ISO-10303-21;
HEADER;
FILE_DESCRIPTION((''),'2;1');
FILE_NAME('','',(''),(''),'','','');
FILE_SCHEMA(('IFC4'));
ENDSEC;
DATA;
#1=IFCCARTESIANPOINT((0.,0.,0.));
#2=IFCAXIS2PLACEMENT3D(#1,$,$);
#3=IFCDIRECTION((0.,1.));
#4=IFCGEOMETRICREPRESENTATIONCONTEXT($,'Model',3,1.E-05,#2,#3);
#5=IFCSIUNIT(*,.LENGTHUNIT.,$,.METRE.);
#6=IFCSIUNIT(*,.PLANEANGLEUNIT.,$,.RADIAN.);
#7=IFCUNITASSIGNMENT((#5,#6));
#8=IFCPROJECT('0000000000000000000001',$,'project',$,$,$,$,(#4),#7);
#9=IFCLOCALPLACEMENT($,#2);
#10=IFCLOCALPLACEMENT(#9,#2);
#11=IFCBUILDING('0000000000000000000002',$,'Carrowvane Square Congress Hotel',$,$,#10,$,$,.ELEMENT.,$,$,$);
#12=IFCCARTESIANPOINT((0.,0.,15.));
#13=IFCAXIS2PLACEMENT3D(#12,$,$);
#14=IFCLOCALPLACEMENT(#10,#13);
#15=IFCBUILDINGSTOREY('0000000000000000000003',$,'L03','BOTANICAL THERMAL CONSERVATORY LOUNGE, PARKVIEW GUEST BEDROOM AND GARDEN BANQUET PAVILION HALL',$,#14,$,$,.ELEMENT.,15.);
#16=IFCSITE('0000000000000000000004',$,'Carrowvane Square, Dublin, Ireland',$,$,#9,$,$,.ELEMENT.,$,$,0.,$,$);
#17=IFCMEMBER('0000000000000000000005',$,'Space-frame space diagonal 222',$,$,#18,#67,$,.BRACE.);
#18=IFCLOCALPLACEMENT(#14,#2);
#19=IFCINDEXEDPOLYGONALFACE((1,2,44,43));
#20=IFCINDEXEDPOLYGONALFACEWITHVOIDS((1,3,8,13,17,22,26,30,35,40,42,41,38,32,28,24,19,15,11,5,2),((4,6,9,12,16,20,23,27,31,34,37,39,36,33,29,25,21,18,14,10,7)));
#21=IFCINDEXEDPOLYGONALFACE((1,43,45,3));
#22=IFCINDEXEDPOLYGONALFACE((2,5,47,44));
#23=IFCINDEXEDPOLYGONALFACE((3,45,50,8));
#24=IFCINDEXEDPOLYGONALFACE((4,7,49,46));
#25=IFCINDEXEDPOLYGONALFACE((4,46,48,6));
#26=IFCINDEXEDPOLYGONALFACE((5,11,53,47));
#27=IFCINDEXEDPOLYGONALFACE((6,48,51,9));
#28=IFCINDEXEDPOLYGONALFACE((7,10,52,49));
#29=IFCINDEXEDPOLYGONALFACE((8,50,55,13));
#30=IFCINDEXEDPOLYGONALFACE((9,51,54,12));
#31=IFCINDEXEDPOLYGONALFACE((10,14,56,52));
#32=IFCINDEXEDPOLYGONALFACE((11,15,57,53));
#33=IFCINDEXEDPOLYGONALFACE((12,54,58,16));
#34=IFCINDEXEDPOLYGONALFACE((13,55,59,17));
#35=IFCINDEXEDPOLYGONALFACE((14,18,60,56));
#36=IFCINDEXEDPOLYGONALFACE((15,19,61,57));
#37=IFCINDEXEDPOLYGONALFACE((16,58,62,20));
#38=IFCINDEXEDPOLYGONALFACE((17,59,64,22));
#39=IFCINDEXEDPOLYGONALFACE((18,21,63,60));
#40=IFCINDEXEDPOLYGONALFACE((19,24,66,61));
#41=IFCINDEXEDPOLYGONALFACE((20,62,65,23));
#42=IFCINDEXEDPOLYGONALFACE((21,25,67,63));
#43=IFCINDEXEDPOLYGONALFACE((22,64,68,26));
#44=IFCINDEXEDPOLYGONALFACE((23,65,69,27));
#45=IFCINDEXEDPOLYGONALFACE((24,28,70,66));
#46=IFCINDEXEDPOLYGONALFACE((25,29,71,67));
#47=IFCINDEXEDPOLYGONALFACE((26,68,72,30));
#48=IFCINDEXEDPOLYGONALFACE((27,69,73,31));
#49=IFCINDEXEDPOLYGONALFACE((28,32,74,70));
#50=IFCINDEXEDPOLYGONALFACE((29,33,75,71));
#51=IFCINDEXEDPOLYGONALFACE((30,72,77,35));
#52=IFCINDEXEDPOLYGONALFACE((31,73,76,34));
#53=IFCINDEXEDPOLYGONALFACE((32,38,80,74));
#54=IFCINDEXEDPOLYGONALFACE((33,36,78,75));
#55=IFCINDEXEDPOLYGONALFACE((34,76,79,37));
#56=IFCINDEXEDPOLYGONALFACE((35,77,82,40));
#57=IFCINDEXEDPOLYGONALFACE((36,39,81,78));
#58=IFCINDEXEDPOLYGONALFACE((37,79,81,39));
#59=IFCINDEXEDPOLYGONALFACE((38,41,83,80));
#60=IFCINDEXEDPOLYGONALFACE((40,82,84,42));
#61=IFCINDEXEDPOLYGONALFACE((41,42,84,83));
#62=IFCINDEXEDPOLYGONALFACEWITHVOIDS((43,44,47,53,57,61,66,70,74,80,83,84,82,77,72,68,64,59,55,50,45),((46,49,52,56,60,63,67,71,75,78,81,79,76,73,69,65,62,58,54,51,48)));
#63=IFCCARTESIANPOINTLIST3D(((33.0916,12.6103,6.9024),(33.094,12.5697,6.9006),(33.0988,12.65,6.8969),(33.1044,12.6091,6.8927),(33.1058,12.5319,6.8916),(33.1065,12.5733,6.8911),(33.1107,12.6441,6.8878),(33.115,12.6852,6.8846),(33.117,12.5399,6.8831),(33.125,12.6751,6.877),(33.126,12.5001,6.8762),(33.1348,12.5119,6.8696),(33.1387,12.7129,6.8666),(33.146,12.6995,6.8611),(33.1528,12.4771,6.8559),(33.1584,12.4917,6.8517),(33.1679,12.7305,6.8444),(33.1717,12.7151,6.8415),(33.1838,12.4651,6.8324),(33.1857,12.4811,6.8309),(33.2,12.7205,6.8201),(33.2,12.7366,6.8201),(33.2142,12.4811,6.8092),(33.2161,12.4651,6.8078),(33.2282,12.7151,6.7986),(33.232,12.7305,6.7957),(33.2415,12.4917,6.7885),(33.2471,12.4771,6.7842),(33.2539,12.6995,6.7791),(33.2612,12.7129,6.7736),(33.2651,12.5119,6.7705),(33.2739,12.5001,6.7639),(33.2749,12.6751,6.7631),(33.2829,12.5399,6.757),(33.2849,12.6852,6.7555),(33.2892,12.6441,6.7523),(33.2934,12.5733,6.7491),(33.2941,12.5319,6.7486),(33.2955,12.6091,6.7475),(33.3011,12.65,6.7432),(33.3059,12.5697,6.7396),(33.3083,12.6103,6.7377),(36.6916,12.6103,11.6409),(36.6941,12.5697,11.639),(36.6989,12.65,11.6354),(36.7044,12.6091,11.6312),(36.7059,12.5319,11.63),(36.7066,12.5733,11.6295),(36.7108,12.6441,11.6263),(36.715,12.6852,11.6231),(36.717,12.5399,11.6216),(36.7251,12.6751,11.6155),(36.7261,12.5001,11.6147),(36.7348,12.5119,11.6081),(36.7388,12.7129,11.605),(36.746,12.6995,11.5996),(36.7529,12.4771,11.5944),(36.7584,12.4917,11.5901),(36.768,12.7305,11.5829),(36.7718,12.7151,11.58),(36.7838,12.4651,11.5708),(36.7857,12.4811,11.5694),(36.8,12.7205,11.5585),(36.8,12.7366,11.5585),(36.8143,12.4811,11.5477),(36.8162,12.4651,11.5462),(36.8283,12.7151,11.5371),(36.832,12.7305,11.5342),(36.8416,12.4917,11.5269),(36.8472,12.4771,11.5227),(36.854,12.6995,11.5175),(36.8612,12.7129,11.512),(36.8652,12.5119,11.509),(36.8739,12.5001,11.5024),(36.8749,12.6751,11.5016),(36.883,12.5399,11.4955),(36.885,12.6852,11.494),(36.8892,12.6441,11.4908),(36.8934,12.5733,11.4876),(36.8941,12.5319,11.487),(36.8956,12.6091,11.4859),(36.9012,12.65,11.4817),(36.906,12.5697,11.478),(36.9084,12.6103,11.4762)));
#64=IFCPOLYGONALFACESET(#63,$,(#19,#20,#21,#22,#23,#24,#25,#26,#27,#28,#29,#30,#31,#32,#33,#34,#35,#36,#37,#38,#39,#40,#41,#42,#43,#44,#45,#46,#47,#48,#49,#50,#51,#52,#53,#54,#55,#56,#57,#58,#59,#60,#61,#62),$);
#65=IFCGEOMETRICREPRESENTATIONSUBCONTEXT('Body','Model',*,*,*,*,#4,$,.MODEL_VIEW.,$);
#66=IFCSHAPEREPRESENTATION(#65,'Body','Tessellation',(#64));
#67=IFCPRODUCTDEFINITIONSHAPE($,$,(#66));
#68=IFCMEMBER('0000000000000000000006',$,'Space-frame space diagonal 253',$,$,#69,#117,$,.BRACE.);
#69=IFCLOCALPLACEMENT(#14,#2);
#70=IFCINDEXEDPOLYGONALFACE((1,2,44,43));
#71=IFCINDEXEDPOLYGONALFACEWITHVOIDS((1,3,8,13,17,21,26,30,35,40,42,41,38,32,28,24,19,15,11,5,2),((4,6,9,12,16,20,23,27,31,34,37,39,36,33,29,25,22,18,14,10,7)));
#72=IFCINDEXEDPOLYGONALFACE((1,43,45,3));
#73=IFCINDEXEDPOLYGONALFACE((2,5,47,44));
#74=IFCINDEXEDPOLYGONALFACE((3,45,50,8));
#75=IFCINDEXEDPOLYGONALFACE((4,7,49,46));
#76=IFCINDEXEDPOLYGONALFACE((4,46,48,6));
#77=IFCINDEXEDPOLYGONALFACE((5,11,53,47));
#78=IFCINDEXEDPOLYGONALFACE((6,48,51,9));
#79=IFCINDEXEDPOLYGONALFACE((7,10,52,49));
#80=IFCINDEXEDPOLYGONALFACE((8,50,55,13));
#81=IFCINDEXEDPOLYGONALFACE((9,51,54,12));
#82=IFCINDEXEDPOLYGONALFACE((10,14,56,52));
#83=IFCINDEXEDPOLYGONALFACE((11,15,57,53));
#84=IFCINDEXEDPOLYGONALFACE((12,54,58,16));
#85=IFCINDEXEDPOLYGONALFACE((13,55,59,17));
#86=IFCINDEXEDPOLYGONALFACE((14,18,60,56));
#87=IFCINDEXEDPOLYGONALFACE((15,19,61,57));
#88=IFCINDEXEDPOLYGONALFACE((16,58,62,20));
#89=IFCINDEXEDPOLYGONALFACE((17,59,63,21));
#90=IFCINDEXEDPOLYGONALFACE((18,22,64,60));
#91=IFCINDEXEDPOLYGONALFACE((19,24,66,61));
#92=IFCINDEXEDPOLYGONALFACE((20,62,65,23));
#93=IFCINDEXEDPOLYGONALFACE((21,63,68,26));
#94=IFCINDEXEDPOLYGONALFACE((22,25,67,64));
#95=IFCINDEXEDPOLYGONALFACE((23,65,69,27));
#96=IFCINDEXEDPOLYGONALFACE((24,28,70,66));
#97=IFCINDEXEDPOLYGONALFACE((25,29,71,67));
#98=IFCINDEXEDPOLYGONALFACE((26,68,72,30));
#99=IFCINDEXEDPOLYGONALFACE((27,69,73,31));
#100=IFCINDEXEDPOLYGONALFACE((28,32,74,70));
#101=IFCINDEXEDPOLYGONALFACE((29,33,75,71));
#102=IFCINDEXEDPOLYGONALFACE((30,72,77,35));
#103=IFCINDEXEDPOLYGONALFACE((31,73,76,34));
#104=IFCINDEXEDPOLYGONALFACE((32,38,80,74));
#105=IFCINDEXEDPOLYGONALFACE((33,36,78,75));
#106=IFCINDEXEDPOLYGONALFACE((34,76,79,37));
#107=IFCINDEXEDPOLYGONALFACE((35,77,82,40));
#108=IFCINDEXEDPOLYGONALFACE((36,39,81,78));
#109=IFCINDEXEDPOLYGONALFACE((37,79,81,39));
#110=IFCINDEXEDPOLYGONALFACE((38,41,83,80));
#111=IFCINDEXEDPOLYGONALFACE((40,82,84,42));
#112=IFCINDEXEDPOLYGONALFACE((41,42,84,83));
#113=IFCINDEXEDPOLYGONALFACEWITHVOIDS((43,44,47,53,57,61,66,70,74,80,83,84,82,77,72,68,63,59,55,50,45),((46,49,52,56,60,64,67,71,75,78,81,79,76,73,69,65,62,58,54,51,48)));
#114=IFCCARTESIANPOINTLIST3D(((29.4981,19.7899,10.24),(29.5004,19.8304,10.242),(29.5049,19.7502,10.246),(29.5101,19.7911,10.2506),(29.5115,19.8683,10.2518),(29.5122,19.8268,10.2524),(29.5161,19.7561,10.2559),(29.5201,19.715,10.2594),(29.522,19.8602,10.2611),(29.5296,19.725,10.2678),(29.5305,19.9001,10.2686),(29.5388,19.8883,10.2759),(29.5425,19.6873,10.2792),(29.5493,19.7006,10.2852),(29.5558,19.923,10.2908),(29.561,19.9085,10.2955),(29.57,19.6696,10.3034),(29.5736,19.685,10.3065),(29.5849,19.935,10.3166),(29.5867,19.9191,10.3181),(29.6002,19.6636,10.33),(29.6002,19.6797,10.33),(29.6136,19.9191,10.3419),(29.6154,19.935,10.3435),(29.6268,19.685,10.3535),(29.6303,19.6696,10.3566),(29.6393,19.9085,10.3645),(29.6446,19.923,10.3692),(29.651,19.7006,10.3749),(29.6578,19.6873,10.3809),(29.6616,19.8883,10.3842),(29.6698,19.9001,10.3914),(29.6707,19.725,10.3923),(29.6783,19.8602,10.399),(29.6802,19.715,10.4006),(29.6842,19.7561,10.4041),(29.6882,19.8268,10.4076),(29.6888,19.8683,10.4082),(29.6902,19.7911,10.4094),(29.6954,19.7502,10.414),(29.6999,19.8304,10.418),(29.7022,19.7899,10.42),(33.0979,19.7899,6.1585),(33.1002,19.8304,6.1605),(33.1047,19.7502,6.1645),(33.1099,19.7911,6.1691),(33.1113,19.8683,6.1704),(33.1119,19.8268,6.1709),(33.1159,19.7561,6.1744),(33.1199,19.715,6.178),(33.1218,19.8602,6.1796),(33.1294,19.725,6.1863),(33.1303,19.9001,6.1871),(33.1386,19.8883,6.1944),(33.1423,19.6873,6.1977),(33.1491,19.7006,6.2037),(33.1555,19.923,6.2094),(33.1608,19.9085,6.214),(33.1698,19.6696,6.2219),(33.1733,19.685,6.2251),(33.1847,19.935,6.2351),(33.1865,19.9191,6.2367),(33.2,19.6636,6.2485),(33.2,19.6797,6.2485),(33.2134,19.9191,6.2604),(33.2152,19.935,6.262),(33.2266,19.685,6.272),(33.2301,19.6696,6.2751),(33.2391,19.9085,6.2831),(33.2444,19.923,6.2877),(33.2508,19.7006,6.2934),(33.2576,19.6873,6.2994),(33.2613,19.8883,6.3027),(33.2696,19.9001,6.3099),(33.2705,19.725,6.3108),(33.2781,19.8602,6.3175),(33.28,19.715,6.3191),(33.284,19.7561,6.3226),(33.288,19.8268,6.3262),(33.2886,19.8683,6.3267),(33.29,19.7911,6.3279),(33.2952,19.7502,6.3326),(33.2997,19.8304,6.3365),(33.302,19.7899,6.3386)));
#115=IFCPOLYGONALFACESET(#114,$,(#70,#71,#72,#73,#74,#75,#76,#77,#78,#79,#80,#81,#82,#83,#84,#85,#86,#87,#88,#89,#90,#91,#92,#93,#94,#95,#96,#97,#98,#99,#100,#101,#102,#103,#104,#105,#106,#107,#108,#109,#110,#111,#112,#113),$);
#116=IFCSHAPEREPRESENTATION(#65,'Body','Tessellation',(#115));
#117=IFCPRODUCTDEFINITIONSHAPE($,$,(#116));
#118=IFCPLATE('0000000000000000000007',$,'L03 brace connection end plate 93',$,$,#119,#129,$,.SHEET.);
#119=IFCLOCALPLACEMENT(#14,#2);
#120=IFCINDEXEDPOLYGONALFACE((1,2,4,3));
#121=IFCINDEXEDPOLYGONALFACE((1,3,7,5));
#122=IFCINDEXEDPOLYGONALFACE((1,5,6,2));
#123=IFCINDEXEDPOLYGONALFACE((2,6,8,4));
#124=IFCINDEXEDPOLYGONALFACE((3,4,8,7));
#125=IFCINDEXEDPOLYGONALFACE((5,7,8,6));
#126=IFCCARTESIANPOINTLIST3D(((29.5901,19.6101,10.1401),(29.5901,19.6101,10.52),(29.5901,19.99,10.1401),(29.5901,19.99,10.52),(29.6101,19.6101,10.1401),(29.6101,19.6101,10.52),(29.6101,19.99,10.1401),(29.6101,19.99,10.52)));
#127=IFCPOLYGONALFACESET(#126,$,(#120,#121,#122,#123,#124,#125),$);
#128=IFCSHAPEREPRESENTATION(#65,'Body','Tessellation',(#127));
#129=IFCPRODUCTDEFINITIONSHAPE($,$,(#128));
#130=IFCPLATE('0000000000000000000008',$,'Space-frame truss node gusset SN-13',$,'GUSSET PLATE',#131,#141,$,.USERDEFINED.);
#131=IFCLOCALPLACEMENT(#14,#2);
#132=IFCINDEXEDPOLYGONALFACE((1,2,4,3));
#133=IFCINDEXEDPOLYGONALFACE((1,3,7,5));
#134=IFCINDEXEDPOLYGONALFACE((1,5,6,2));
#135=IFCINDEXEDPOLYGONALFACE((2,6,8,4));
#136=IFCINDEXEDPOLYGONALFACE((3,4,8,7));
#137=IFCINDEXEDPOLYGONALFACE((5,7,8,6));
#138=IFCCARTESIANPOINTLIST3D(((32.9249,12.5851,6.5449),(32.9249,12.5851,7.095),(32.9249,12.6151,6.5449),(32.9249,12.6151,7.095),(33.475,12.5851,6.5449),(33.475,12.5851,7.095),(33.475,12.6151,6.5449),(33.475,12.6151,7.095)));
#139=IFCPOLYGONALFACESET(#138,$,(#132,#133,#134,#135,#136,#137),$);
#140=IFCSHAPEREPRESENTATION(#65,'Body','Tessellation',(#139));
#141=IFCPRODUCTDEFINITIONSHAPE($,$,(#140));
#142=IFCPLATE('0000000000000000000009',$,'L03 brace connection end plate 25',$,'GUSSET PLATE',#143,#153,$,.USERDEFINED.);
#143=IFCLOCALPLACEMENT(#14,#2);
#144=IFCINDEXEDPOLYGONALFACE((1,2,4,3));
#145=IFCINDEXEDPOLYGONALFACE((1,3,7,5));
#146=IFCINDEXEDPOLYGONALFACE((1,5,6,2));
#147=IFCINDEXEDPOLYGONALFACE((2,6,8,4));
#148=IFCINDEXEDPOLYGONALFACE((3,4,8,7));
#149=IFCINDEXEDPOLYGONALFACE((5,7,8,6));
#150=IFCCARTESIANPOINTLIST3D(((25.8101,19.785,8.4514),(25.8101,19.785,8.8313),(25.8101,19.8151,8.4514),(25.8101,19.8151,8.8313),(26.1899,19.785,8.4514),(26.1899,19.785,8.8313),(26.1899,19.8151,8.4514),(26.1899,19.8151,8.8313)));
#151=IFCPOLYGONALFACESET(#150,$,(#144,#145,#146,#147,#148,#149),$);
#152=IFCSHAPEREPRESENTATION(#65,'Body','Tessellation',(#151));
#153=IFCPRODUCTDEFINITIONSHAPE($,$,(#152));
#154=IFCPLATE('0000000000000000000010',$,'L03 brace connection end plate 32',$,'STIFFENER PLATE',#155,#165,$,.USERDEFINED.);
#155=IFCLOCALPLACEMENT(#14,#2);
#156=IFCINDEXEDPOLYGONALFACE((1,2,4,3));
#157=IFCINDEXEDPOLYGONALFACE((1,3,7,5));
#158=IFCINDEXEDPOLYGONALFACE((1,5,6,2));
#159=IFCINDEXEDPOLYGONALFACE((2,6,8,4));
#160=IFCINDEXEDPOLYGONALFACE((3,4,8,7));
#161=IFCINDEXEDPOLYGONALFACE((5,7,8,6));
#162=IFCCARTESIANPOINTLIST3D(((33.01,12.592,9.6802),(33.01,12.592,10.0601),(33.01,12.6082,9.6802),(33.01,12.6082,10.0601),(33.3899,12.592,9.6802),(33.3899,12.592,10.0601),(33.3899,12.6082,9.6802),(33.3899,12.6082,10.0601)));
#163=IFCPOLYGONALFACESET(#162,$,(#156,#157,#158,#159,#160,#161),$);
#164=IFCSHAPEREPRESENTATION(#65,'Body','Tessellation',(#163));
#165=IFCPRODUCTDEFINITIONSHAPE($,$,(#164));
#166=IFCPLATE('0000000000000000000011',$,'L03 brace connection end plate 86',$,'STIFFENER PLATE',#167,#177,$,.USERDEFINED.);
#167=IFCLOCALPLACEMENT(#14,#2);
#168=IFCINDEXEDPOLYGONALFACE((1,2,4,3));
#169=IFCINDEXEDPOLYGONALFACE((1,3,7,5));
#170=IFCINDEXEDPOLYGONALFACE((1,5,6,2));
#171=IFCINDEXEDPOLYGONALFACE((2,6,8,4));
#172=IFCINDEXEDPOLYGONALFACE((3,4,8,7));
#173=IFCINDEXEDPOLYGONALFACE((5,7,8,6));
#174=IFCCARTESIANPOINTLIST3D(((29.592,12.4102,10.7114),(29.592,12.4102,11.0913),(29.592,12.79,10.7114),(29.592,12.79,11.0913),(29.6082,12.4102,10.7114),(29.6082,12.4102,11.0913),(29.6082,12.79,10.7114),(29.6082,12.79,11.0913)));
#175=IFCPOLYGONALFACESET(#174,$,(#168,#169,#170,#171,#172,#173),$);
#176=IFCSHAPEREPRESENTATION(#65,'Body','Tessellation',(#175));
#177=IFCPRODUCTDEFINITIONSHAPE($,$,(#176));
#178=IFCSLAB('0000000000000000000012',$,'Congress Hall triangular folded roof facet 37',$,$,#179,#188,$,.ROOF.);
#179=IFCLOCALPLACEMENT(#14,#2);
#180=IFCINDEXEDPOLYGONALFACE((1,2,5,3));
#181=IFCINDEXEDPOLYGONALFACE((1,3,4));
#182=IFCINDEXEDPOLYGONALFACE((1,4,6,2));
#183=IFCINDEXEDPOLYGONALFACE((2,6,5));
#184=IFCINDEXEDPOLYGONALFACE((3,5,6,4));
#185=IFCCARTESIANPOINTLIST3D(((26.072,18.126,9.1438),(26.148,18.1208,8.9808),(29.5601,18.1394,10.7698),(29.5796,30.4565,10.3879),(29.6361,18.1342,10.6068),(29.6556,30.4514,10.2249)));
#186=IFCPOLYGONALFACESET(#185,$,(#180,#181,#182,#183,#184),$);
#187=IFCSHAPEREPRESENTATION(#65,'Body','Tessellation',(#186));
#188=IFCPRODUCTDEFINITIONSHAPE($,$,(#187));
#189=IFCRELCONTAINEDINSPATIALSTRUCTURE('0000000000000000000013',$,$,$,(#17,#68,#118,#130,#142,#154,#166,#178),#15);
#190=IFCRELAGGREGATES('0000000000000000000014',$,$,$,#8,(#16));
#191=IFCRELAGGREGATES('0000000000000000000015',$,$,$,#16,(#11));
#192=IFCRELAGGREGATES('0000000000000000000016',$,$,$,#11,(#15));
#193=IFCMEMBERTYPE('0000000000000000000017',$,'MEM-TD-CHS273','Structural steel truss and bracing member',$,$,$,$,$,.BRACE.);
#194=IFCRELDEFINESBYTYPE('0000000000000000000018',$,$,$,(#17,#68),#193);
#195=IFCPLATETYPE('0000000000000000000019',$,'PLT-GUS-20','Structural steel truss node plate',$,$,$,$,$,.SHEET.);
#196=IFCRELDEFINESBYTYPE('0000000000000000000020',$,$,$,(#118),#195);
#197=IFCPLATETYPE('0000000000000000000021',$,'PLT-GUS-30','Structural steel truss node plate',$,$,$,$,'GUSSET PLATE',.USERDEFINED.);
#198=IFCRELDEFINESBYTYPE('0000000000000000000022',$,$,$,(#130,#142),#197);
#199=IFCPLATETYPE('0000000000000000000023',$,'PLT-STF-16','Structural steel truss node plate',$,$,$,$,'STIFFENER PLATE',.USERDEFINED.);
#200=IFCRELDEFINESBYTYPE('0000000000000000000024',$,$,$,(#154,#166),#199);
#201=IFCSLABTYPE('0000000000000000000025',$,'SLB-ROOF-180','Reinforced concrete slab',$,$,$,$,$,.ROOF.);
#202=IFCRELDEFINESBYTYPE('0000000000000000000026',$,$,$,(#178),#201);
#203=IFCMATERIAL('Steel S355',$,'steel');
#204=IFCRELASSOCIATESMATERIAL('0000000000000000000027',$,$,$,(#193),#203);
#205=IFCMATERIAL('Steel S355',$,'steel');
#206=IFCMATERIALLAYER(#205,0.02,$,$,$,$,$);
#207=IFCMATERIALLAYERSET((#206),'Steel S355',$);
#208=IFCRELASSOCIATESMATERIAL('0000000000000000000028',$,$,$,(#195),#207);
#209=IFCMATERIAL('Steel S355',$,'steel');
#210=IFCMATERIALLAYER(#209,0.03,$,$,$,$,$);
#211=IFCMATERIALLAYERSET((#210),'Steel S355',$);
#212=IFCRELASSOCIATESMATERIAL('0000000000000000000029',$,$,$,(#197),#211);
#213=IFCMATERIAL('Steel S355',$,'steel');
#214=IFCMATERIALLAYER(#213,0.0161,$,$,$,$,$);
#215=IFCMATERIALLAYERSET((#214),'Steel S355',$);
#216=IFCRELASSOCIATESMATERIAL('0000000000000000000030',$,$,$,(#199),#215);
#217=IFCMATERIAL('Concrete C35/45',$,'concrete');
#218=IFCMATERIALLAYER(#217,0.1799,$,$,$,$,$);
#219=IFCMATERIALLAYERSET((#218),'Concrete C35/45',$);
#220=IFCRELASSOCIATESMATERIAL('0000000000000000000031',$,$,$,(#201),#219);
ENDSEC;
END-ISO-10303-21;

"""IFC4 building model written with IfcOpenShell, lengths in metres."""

from ifc_helpers import new_model, si_unit, direction, frame, origin, origin_2d, place, context, subcontext, project, spatial, polyline, rectangle, hollow_circle, outline, extrude, material, layer, layer_set, material_profile, profile_set, type_object, element, save


model = new_model("IFC4")

# Units and contexts
model_context = context("Model", 3, precision=1e-05, world=origin(), true_north=direction((0.0, 1.0)))
body_context = subcontext(model_context, "Body", "Model", "MODEL_VIEW")
ifc_project = project(units=[si_unit("LENGTHUNIT", "METRE"), si_unit("PLANEANGLEUNIT", "RADIAN")], contexts=[model_context])

# Site, building, storey
site_placement = place(None, origin())
site = spatial("IfcSite", under=ifc_project, at=site_placement, Name="Carrowvane Square, Dublin, Ireland", CompositionType="ELEMENT", RefElevation=0.0)
building_placement = place(site_placement, origin())
building = spatial("IfcBuilding", under=site, at=building_placement, Name="Carrowvane Square Congress Hotel", CompositionType="ELEMENT")
storey_placement = place(building_placement, frame((0.0, 0.0, 15.0)))
storey = spatial("IfcBuildingStorey", under=building, at=storey_placement, Name="L03", Description="BOTANICAL THERMAL CONSERVATORY LOUNGE, PARKVIEW GUEST BEDROOM AND GARDEN BANQUET PAVILION HALL", CompositionType="ELEMENT", Elevation=15.0)

# Members
ifc_material_1 = material(Name="Steel S355", Category="steel")
ifc_material_profile_1 = material_profile(ifc_material_1, hollow_circle(Radius=0.1365, WallThickness=0.0161, at=origin_2d()), Name="CHS 273.0x16")
ifc_profile_set_1 = profile_set([ifc_material_profile_1], Name="Steel S355")
member_type_1 = type_object("IfcMemberType", Name="MEM-TD-CHS273", Description="Structural steel truss and bracing member", PredefinedType="BRACE", material=ifc_profile_set_1)
member_1_placement = place(storey_placement, frame((33.2, 12.6001, 6.8201), z_axis=(0.604957, 0.0, 0.796258), x_axis=(0.0, 1.0, 0.0)))
element("IfcMember", 1, at=member_1_placement, inside=storey, type_object=member_type_1, Name="Space-frame space diagonal 222", PredefinedType="BRACE", context=body_context, shape_type="SweptSolid", body=[
    extrude(hollow_circle(Radius=0.1365, WallThickness=0.0161, at=origin_2d()), origin(), (0.0, 0.0, 1.0), 5.9509),
])
member_2_placement = place(storey_placement, frame((33.2, 19.8, 6.2485), z_axis=(-0.661466, 0.0, 0.749975), x_axis=(0.0, -1.0, 0.0)))
element("IfcMember", 2, at=member_2_placement, inside=storey, type_object=member_type_1, Name="Space-frame space diagonal 253", PredefinedType="BRACE", context=body_context, shape_type="SweptSolid", body=[
    extrude(hollow_circle(Radius=0.1365, WallThickness=0.0161, at=origin_2d()), origin(), (0.0, 0.0, 1.0), 5.4421),
])

# Plates
ifc_material_2 = material(Name="Steel S355", Category="steel")
ifc_layer_1 = layer(ifc_material_2, 0.02)
ifc_layer_set_1 = layer_set([ifc_layer_1], Name="Steel S355")
plate_type_1 = type_object("IfcPlateType", Name="PLT-GUS-20", Description="Structural steel truss node plate", PredefinedType="SHEET", material=ifc_layer_set_1)
plate_1_placement = place(storey_placement, frame((29.6001, 19.8, 10.1401), z_axis=(0.0, 0.0, 1.0), x_axis=(1.0, 0.0, 0.0)))
element("IfcPlate", 3, at=plate_1_placement, inside=storey, type_object=plate_type_1, Name="L03 brace connection end plate 93", PredefinedType="SHEET", context=body_context, shape_type="SweptSolid", body=[
    extrude(rectangle(XDim=0.02, YDim=0.3799, at=origin_2d()), origin(), (0.0, 0.0, 1.0), 0.3799),
])
ifc_material_3 = material(Name="Steel S355", Category="steel")
ifc_layer_2 = layer(ifc_material_3, 0.03)
ifc_layer_set_2 = layer_set([ifc_layer_2], Name="Steel S355")
plate_type_2 = type_object("IfcPlateType", Name="PLT-GUS-30", Description="Structural steel truss node plate", ElementType="GUSSET PLATE", PredefinedType="USERDEFINED", material=ifc_layer_set_2)
plate_2_placement = place(storey_placement, frame((33.2, 12.6001, 6.5449), z_axis=(0.0, 0.0, 1.0), x_axis=(1.0, 0.0, 0.0)))
element("IfcPlate", 4, at=plate_2_placement, inside=storey, type_object=plate_type_2, Name="Space-frame truss node gusset SN-13", ObjectType="GUSSET PLATE", PredefinedType="USERDEFINED", context=body_context, shape_type="SweptSolid", body=[
    extrude(rectangle(XDim=0.55, YDim=0.03, at=origin_2d()), origin(), (0.0, 0.0, 1.0), 0.55),
])
plate_3_placement = place(storey_placement, frame((26.0, 19.8, 8.4514), z_axis=(0.0, 0.0, 1.0), x_axis=(1.0, 0.0, 0.0)))
element("IfcPlate", 5, at=plate_3_placement, inside=storey, type_object=plate_type_2, Name="L03 brace connection end plate 25", ObjectType="GUSSET PLATE", PredefinedType="USERDEFINED", context=body_context, shape_type="SweptSolid", body=[
    extrude(rectangle(XDim=0.3799, YDim=0.03, at=origin_2d()), origin(), (0.0, 0.0, 1.0), 0.3799),
])
ifc_material_4 = material(Name="Steel S355", Category="steel")
ifc_layer_3 = layer(ifc_material_4, 0.0161)
ifc_layer_set_3 = layer_set([ifc_layer_3], Name="Steel S355")
plate_type_3 = type_object("IfcPlateType", Name="PLT-STF-16", Description="Structural steel truss node plate", ElementType="STIFFENER PLATE", PredefinedType="USERDEFINED", material=ifc_layer_set_3)
plate_4_placement = place(storey_placement, frame((33.2, 12.6001, 9.6802), z_axis=(0.0, 0.0, 1.0), x_axis=(1.0, 0.0, 0.0)))
element("IfcPlate", 6, at=plate_4_placement, inside=storey, type_object=plate_type_3, Name="L03 brace connection end plate 32", ObjectType="STIFFENER PLATE", PredefinedType="USERDEFINED", context=body_context, shape_type="SweptSolid", body=[
    extrude(rectangle(XDim=0.3799, YDim=0.0161, at=origin_2d()), origin(), (0.0, 0.0, 1.0), 0.3799),
])
plate_5_placement = place(storey_placement, frame((29.6001, 12.6001, 10.7114), z_axis=(0.0, 0.0, 1.0), x_axis=(1.0, 0.0, 0.0)))
element("IfcPlate", 7, at=plate_5_placement, inside=storey, type_object=plate_type_3, Name="L03 brace connection end plate 86", ObjectType="STIFFENER PLATE", PredefinedType="USERDEFINED", context=body_context, shape_type="SweptSolid", body=[
    extrude(rectangle(XDim=0.0161, YDim=0.3799, at=origin_2d()), origin(), (0.0, 0.0, 1.0), 0.3799),
])

# Slab
ifc_material_5 = material(Name="Concrete C35/45", Category="concrete")
ifc_layer_4 = layer(ifc_material_5, 0.1799)
ifc_layer_set_4 = layer_set([ifc_layer_4], Name="Concrete C35/45")
slab_type = type_object("IfcSlabType", Name="SLB-ROOF-180", Description="Reinforced concrete slab", PredefinedType="ROOF", material=ifc_layer_set_4)
slab_1_placement = place(storey_placement, frame((26.072, 18.126, 9.1438), z_axis=(-0.422423, 0.028754, 0.905943), x_axis=(0.906354, 0.003489, 0.422504)))
element("IfcSlab", 8, at=slab_1_placement, inside=storey, type_object=slab_type, Name="Congress Hall triangular folded roof facet 37", PredefinedType="ROOF", context=body_context, shape_type="SweptSolid", body=[
    extrude(outline(polyline([(0.0, 0.0), (3.8484, 0.0), (3.7478, 12.3227), (0.0, 0.0)])), origin(), (0.0, 0.0, -1.0), 0.1799),
])

save(model, "model.ifc")
